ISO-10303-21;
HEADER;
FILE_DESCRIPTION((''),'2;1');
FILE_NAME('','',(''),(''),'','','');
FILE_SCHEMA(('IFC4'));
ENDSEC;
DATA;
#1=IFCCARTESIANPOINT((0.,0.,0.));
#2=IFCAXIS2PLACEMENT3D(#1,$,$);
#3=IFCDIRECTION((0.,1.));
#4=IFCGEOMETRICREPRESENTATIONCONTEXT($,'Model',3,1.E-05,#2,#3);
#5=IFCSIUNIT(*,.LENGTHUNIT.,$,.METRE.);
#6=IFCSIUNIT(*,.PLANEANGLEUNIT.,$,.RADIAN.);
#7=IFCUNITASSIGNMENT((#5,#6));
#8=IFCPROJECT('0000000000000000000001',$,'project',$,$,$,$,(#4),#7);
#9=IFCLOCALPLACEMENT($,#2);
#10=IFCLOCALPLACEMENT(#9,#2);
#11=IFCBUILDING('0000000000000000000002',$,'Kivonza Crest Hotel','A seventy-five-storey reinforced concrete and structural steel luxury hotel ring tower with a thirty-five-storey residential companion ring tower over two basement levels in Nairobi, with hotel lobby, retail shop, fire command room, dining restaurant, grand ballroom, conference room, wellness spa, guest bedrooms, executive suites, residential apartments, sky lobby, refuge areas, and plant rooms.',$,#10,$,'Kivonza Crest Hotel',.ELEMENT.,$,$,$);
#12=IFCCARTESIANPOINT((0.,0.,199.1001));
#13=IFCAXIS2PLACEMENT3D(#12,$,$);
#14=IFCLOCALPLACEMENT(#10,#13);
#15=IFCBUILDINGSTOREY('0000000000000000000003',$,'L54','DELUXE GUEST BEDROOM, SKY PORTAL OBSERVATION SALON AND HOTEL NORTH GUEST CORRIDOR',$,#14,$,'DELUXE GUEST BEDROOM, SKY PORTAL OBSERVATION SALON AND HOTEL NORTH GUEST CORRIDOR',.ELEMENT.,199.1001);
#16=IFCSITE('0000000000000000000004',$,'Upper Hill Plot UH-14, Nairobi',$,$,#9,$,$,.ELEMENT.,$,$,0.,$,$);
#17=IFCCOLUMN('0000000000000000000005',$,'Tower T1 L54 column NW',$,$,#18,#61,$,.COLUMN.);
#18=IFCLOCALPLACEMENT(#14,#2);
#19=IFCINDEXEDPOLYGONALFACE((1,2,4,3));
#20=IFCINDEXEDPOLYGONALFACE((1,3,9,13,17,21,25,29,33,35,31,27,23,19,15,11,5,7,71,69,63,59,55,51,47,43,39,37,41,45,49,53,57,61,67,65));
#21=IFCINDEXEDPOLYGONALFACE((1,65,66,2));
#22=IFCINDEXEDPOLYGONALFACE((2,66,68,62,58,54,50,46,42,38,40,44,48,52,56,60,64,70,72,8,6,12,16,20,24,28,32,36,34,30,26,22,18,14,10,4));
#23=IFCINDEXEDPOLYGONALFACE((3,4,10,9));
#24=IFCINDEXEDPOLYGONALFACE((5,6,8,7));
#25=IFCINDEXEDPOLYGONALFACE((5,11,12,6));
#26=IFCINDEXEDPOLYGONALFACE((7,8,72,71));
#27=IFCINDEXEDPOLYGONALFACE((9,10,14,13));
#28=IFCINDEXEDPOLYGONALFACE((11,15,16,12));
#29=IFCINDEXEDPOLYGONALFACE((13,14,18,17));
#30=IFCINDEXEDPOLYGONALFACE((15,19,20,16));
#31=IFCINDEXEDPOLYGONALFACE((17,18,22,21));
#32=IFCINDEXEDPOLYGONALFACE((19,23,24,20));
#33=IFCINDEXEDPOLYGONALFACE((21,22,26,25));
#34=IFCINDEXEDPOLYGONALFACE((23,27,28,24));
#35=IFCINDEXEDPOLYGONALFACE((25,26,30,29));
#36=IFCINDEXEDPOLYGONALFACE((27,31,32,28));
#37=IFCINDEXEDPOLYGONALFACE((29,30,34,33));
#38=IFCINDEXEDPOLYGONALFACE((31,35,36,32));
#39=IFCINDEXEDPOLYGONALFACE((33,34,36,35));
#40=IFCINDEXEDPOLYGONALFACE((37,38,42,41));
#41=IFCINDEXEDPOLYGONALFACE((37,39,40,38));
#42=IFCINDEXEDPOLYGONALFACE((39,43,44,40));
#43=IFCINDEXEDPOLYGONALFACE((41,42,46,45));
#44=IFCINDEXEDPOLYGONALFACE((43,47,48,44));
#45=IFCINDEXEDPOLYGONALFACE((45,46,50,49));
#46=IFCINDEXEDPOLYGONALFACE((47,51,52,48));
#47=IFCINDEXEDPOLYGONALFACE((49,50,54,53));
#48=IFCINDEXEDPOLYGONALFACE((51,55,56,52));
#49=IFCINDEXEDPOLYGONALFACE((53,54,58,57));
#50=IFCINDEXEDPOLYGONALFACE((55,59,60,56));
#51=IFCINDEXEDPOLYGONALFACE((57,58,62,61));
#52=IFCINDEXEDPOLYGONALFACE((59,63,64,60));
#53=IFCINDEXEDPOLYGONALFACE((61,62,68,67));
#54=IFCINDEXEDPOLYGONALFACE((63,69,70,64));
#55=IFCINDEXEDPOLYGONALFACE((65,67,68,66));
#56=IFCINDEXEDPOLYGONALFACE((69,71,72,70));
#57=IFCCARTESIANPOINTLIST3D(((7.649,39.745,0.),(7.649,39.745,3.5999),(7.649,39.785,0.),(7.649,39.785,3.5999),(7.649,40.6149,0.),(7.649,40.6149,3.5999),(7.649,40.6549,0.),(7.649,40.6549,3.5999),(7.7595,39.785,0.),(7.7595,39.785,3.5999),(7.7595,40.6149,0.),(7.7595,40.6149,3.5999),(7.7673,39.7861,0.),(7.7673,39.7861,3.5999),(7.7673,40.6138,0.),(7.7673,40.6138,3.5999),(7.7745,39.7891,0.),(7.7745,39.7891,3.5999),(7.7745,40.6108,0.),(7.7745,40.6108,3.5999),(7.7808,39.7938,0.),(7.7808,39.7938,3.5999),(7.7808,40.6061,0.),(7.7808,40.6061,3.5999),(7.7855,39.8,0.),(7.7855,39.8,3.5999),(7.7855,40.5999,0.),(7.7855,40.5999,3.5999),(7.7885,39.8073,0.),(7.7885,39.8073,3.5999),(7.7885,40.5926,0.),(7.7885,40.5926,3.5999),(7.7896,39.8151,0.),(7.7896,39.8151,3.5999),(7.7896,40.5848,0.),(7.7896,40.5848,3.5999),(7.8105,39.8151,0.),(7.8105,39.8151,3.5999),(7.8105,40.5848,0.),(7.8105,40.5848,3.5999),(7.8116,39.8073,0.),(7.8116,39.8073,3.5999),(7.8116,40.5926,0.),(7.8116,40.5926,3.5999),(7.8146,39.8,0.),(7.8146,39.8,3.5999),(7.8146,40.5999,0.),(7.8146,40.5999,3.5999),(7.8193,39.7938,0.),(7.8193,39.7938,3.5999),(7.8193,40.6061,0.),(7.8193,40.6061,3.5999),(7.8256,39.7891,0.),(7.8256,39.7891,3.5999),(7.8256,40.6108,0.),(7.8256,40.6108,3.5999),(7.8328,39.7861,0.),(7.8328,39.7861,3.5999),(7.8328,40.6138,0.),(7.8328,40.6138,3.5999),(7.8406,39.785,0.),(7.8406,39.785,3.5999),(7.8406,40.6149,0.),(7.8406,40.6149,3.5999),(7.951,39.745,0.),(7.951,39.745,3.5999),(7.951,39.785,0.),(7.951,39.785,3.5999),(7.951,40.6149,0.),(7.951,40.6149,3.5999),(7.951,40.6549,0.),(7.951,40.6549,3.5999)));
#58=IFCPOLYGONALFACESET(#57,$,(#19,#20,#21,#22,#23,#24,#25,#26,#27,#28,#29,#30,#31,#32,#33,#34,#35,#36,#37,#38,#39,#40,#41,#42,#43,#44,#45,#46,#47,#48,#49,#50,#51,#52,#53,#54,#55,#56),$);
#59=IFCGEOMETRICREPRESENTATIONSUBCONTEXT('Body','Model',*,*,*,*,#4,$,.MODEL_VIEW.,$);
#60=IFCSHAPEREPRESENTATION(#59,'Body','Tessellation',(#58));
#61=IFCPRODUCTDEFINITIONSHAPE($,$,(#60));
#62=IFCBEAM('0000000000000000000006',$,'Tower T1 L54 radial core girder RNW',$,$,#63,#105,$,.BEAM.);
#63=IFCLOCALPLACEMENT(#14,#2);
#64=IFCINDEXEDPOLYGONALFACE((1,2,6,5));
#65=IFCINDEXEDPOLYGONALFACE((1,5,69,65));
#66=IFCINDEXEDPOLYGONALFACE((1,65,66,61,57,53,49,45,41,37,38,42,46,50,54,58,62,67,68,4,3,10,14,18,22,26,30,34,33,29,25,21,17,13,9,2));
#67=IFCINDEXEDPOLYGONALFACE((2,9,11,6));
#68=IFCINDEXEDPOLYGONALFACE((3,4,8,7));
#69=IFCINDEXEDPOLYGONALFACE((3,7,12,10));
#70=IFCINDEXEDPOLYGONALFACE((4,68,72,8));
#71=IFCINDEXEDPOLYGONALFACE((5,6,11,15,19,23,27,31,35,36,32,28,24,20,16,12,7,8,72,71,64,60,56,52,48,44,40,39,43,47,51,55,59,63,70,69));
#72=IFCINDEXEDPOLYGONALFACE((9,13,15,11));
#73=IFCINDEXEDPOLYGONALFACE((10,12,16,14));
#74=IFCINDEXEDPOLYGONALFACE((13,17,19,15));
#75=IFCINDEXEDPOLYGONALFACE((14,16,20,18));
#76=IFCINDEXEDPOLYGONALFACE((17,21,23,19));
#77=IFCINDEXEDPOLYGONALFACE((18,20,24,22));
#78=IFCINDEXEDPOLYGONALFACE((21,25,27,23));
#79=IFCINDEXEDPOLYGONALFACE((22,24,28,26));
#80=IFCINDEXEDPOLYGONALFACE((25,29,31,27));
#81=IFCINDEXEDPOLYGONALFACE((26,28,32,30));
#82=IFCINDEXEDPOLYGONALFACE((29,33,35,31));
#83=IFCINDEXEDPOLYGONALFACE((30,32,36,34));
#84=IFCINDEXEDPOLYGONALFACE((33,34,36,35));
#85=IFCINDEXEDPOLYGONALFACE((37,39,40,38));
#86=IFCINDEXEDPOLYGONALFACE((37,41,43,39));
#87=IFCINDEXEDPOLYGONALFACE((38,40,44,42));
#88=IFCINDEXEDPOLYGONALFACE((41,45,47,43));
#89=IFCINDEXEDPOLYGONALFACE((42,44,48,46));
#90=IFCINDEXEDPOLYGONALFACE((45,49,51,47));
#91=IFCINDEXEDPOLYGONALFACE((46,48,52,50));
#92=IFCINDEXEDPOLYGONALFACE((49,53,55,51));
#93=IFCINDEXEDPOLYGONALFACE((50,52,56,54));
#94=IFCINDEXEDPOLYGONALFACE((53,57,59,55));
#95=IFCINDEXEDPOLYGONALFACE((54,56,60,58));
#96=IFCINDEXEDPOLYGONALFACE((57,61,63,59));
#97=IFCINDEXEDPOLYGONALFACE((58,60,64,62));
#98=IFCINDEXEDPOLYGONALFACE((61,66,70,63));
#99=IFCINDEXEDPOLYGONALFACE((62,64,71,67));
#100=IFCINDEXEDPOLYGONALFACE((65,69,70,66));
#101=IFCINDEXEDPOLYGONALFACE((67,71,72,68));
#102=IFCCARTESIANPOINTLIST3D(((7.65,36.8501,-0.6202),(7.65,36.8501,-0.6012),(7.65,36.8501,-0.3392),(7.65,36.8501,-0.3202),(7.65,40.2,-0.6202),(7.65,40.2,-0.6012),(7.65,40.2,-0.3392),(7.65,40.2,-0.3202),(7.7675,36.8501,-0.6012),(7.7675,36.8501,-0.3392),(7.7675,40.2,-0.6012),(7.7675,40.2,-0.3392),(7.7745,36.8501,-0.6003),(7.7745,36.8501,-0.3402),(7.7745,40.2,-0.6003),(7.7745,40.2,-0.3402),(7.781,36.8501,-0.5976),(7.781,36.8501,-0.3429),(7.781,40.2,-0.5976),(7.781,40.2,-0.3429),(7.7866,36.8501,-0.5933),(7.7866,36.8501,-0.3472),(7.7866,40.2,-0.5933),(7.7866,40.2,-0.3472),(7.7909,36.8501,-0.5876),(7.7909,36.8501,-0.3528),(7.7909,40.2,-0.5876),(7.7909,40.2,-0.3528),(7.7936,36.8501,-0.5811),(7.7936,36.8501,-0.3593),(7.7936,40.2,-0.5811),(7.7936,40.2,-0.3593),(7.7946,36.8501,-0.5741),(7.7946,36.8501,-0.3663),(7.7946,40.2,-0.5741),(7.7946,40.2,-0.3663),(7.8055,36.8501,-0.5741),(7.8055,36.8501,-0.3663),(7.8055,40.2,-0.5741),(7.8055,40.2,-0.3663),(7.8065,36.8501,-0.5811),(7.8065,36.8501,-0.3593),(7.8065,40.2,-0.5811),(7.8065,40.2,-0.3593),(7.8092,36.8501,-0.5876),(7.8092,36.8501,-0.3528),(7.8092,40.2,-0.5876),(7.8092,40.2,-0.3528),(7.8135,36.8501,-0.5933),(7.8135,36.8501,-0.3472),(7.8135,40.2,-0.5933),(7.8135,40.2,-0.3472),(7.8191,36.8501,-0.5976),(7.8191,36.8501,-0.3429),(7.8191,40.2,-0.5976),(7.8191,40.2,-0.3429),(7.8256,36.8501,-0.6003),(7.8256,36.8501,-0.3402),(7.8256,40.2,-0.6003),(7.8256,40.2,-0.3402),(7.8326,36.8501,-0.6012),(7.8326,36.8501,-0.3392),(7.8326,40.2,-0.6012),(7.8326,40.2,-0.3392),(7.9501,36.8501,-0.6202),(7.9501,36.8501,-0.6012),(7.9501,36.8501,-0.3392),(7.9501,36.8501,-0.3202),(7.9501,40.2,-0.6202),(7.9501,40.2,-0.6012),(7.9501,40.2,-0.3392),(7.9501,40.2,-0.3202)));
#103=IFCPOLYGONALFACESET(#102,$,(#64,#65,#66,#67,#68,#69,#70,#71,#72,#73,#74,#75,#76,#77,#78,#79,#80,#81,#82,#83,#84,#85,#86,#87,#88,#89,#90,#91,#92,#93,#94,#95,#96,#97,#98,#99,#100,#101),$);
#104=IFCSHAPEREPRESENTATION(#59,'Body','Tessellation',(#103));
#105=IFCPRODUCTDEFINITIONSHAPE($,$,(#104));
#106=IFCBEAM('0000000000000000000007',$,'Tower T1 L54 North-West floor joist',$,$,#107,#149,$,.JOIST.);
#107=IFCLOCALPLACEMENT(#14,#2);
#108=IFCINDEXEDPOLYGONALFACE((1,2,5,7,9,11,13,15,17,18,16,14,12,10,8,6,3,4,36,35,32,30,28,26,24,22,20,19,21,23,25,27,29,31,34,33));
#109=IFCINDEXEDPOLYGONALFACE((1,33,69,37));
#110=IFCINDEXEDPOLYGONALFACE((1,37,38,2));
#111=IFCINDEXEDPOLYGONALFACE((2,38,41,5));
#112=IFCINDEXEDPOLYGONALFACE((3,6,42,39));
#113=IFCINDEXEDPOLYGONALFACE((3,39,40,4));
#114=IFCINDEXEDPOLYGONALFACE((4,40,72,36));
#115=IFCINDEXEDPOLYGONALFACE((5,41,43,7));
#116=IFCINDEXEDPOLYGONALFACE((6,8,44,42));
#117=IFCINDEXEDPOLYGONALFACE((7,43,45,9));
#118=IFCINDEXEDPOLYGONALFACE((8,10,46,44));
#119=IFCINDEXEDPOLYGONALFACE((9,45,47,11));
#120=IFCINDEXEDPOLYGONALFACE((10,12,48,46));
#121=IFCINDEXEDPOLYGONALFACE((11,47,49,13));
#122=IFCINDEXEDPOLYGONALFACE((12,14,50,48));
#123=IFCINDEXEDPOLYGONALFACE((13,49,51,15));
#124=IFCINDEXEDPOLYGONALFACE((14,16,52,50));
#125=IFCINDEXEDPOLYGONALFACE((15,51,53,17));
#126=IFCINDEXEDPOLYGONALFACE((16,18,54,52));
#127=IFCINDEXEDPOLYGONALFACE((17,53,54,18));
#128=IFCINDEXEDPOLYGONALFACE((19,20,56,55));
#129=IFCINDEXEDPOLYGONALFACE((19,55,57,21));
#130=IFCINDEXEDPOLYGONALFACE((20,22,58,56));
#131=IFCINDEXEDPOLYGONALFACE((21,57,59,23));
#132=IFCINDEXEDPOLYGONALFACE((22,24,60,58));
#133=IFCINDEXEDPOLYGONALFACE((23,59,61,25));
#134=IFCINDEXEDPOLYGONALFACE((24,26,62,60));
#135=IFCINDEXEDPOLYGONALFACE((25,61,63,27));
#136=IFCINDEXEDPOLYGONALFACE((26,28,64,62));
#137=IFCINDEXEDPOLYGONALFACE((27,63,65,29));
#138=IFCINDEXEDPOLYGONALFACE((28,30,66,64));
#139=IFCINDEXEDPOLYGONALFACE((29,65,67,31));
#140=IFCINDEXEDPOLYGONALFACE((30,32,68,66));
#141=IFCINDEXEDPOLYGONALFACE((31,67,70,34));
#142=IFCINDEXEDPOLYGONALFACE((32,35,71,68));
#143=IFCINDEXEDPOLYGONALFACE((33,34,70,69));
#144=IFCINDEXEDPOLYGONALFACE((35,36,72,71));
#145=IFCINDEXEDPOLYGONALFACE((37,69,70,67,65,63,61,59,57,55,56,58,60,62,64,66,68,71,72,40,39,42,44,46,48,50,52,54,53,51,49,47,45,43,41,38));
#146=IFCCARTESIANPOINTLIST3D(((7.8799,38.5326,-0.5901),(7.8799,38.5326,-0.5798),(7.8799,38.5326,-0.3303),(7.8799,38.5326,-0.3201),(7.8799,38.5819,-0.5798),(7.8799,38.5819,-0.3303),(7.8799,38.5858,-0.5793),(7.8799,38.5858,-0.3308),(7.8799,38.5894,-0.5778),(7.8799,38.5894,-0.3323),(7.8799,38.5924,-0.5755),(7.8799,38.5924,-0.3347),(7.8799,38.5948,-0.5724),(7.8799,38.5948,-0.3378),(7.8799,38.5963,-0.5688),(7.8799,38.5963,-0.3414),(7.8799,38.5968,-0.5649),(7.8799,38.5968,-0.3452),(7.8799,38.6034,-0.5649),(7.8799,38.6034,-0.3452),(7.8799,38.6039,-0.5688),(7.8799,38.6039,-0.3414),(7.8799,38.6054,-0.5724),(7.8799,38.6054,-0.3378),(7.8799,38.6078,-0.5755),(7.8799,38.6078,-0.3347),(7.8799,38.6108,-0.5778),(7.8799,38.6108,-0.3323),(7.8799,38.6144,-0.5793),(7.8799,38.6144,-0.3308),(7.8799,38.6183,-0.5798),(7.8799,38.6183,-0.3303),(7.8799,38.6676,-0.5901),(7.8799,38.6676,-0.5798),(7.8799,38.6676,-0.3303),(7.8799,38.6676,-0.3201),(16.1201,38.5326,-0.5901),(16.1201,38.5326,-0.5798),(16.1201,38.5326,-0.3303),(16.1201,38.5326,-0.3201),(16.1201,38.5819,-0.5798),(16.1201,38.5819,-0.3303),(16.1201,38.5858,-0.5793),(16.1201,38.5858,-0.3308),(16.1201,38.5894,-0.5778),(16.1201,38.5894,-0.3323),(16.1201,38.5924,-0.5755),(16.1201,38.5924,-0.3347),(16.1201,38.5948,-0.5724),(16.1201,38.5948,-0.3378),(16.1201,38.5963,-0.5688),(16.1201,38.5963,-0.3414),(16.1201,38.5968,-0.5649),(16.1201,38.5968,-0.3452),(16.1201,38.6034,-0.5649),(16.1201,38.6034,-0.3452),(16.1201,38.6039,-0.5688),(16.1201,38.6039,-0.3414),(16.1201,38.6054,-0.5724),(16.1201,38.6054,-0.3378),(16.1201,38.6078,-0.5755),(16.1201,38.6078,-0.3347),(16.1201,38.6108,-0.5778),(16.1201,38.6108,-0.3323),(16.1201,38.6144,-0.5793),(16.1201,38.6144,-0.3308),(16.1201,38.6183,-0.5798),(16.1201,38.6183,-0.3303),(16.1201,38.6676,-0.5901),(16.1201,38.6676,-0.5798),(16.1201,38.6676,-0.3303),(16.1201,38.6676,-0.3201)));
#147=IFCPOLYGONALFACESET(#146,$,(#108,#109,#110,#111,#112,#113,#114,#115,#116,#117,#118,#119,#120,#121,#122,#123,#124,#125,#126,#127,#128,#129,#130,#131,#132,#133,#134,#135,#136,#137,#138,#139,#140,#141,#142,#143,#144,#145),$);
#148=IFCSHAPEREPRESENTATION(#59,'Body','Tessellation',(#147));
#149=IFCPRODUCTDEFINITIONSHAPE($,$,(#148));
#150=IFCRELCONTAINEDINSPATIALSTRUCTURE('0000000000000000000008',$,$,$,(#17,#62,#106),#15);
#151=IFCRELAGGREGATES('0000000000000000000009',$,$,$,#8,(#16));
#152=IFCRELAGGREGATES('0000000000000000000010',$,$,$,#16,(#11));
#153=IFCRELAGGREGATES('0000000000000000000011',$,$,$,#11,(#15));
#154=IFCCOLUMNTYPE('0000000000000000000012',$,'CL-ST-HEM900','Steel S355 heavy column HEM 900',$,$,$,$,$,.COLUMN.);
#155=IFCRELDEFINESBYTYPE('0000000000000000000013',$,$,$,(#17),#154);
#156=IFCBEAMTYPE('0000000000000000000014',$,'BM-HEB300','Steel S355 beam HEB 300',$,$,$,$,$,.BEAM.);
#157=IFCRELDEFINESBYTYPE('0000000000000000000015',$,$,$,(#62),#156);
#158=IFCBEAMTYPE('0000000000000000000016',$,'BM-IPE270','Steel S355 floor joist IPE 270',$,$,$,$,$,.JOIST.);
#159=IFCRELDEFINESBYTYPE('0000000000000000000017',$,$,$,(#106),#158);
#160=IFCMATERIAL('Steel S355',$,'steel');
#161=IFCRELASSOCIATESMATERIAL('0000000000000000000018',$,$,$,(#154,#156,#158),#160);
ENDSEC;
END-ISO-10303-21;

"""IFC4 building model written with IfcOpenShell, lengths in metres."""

from ifc_helpers import new_model, si_unit, direction, frame, origin, origin_2d, place, context, subcontext, project, spatial, i_section, extrude, material, material_profile, profile_set, type_object, element, save


model = new_model("IFC4")

# Units and contexts
model_context = context("Model", 3, precision=1e-05, world=origin(), true_north=direction((0.0, 1.0)))
body_context = subcontext(model_context, "Body", "Model", "MODEL_VIEW")
ifc_project = project(units=[si_unit("LENGTHUNIT", "METRE"), si_unit("PLANEANGLEUNIT", "RADIAN")], contexts=[model_context])

# Site, building, storey
site_placement = place(None, origin())
site = spatial("IfcSite", under=ifc_project, at=site_placement, Name="Upper Hill Plot UH-14, Nairobi", CompositionType="ELEMENT", RefElevation=0.0)
building_placement = place(site_placement, origin())
building = spatial("IfcBuilding", under=site, at=building_placement, Name="Kivonza Crest Hotel", Description="A seventy-five-storey reinforced concrete and structural steel luxury hotel ring tower with a thirty-five-storey residential companion ring tower over two basement levels in Nairobi, with hotel lobby, retail shop, fire command room, dining restaurant, grand ballroom, conference room, wellness spa, guest bedrooms, executive suites, residential apartments, sky lobby, refuge areas, and plant rooms.", LongName="Kivonza Crest Hotel", CompositionType="ELEMENT")
storey_placement = place(building_placement, frame((0.0, 0.0, 199.1001)))
storey = spatial("IfcBuildingStorey", under=building, at=storey_placement, Name="L54", Description="DELUXE GUEST BEDROOM, SKY PORTAL OBSERVATION SALON AND HOTEL NORTH GUEST CORRIDOR", LongName="DELUXE GUEST BEDROOM, SKY PORTAL OBSERVATION SALON AND HOTEL NORTH GUEST CORRIDOR", CompositionType="ELEMENT", Elevation=199.1001)

# Column
ifc_material_1 = material(Name="Steel S355", Category="steel")
ifc_material_profile_1 = material_profile(ifc_material_1, i_section(OverallWidth=0.302, OverallDepth=0.9099, WebThickness=0.021, FlangeThickness=0.04, FilletRadius=0.03, at=origin_2d()), Name="HEM 900")
ifc_profile_set_1 = profile_set([ifc_material_profile_1], Name="Steel S355")
column_type = type_object("IfcColumnType", Name="CL-ST-HEM900", Description="Steel S355 heavy column HEM 900", PredefinedType="COLUMN", material=ifc_profile_set_1)
column_placement = place(storey_placement, frame((7.8, 40.2, 0.0), z_axis=(0.0, 0.0, 1.0), x_axis=(1.0, 0.0, 0.0)))
element("IfcColumn", 1, at=column_placement, inside=storey, type_object=column_type, Name="Tower T1 L54 column NW", PredefinedType="COLUMN", context=body_context, shape_type="SweptSolid", body=[
    extrude(i_section(OverallWidth=0.302, OverallDepth=0.9099, WebThickness=0.021, FlangeThickness=0.04, FilletRadius=0.03, at=origin_2d()), origin(), (0.0, 0.0, 1.0), 3.5999),
])

# Beams
ifc_material_profile_2 = material_profile(ifc_material_1, i_section(OverallWidth=0.3, OverallDepth=0.3, WebThickness=0.011, FlangeThickness=0.019, FilletRadius=0.0271, at=origin_2d()), Name="HEB 300")
ifc_profile_set_2 = profile_set([ifc_material_profile_2], Name="Steel S355")
beam_type_1 = type_object("IfcBeamType", Name="BM-HEB300", Description="Steel S355 beam HEB 300", PredefinedType="BEAM", material=ifc_profile_set_2)
beam_1_placement = place(storey_placement, frame((7.8, 40.2, -0.4702), z_axis=(0.0, -1.0, 0.0), x_axis=(1.0, 0.0, 0.0)))
element("IfcBeam", 2, at=beam_1_placement, inside=storey, type_object=beam_type_1, Name="Tower T1 L54 radial core girder RNW", PredefinedType="BEAM", context=body_context, shape_type="SweptSolid", body=[
    extrude(i_section(OverallWidth=0.3, OverallDepth=0.3, WebThickness=0.011, FlangeThickness=0.019, FilletRadius=0.0271, at=origin_2d()), origin(), (0.0, 0.0, 1.0), 3.3499),
])
ifc_material_profile_3 = material_profile(ifc_material_1, i_section(OverallWidth=0.135, OverallDepth=0.27, WebThickness=0.0066, FlangeThickness=0.0103, FilletRadius=0.0149, at=origin_2d()), Name="IPE 270")
ifc_profile_set_3 = profile_set([ifc_material_profile_3], Name="Steel S355")
beam_type_2 = type_object("IfcBeamType", Name="BM-IPE270", Description="Steel S355 floor joist IPE 270", PredefinedType="JOIST", material=ifc_profile_set_3)
beam_2_placement = place(storey_placement, frame((7.8799, 38.6001, -0.4551), z_axis=(1.0, 0.0, 0.0), x_axis=(0.0, 1.0, 0.0)))
element("IfcBeam", 3, at=beam_2_placement, inside=storey, type_object=beam_type_2, Name="Tower T1 L54 North-West floor joist", PredefinedType="JOIST", context=body_context, shape_type="SweptSolid", body=[
    extrude(i_section(OverallWidth=0.135, OverallDepth=0.27, WebThickness=0.0066, FlangeThickness=0.0103, FilletRadius=0.0149, at=origin_2d()), origin(), (0.0, 0.0, 1.0), 8.2402),
])

save(model, "model.ifc")
